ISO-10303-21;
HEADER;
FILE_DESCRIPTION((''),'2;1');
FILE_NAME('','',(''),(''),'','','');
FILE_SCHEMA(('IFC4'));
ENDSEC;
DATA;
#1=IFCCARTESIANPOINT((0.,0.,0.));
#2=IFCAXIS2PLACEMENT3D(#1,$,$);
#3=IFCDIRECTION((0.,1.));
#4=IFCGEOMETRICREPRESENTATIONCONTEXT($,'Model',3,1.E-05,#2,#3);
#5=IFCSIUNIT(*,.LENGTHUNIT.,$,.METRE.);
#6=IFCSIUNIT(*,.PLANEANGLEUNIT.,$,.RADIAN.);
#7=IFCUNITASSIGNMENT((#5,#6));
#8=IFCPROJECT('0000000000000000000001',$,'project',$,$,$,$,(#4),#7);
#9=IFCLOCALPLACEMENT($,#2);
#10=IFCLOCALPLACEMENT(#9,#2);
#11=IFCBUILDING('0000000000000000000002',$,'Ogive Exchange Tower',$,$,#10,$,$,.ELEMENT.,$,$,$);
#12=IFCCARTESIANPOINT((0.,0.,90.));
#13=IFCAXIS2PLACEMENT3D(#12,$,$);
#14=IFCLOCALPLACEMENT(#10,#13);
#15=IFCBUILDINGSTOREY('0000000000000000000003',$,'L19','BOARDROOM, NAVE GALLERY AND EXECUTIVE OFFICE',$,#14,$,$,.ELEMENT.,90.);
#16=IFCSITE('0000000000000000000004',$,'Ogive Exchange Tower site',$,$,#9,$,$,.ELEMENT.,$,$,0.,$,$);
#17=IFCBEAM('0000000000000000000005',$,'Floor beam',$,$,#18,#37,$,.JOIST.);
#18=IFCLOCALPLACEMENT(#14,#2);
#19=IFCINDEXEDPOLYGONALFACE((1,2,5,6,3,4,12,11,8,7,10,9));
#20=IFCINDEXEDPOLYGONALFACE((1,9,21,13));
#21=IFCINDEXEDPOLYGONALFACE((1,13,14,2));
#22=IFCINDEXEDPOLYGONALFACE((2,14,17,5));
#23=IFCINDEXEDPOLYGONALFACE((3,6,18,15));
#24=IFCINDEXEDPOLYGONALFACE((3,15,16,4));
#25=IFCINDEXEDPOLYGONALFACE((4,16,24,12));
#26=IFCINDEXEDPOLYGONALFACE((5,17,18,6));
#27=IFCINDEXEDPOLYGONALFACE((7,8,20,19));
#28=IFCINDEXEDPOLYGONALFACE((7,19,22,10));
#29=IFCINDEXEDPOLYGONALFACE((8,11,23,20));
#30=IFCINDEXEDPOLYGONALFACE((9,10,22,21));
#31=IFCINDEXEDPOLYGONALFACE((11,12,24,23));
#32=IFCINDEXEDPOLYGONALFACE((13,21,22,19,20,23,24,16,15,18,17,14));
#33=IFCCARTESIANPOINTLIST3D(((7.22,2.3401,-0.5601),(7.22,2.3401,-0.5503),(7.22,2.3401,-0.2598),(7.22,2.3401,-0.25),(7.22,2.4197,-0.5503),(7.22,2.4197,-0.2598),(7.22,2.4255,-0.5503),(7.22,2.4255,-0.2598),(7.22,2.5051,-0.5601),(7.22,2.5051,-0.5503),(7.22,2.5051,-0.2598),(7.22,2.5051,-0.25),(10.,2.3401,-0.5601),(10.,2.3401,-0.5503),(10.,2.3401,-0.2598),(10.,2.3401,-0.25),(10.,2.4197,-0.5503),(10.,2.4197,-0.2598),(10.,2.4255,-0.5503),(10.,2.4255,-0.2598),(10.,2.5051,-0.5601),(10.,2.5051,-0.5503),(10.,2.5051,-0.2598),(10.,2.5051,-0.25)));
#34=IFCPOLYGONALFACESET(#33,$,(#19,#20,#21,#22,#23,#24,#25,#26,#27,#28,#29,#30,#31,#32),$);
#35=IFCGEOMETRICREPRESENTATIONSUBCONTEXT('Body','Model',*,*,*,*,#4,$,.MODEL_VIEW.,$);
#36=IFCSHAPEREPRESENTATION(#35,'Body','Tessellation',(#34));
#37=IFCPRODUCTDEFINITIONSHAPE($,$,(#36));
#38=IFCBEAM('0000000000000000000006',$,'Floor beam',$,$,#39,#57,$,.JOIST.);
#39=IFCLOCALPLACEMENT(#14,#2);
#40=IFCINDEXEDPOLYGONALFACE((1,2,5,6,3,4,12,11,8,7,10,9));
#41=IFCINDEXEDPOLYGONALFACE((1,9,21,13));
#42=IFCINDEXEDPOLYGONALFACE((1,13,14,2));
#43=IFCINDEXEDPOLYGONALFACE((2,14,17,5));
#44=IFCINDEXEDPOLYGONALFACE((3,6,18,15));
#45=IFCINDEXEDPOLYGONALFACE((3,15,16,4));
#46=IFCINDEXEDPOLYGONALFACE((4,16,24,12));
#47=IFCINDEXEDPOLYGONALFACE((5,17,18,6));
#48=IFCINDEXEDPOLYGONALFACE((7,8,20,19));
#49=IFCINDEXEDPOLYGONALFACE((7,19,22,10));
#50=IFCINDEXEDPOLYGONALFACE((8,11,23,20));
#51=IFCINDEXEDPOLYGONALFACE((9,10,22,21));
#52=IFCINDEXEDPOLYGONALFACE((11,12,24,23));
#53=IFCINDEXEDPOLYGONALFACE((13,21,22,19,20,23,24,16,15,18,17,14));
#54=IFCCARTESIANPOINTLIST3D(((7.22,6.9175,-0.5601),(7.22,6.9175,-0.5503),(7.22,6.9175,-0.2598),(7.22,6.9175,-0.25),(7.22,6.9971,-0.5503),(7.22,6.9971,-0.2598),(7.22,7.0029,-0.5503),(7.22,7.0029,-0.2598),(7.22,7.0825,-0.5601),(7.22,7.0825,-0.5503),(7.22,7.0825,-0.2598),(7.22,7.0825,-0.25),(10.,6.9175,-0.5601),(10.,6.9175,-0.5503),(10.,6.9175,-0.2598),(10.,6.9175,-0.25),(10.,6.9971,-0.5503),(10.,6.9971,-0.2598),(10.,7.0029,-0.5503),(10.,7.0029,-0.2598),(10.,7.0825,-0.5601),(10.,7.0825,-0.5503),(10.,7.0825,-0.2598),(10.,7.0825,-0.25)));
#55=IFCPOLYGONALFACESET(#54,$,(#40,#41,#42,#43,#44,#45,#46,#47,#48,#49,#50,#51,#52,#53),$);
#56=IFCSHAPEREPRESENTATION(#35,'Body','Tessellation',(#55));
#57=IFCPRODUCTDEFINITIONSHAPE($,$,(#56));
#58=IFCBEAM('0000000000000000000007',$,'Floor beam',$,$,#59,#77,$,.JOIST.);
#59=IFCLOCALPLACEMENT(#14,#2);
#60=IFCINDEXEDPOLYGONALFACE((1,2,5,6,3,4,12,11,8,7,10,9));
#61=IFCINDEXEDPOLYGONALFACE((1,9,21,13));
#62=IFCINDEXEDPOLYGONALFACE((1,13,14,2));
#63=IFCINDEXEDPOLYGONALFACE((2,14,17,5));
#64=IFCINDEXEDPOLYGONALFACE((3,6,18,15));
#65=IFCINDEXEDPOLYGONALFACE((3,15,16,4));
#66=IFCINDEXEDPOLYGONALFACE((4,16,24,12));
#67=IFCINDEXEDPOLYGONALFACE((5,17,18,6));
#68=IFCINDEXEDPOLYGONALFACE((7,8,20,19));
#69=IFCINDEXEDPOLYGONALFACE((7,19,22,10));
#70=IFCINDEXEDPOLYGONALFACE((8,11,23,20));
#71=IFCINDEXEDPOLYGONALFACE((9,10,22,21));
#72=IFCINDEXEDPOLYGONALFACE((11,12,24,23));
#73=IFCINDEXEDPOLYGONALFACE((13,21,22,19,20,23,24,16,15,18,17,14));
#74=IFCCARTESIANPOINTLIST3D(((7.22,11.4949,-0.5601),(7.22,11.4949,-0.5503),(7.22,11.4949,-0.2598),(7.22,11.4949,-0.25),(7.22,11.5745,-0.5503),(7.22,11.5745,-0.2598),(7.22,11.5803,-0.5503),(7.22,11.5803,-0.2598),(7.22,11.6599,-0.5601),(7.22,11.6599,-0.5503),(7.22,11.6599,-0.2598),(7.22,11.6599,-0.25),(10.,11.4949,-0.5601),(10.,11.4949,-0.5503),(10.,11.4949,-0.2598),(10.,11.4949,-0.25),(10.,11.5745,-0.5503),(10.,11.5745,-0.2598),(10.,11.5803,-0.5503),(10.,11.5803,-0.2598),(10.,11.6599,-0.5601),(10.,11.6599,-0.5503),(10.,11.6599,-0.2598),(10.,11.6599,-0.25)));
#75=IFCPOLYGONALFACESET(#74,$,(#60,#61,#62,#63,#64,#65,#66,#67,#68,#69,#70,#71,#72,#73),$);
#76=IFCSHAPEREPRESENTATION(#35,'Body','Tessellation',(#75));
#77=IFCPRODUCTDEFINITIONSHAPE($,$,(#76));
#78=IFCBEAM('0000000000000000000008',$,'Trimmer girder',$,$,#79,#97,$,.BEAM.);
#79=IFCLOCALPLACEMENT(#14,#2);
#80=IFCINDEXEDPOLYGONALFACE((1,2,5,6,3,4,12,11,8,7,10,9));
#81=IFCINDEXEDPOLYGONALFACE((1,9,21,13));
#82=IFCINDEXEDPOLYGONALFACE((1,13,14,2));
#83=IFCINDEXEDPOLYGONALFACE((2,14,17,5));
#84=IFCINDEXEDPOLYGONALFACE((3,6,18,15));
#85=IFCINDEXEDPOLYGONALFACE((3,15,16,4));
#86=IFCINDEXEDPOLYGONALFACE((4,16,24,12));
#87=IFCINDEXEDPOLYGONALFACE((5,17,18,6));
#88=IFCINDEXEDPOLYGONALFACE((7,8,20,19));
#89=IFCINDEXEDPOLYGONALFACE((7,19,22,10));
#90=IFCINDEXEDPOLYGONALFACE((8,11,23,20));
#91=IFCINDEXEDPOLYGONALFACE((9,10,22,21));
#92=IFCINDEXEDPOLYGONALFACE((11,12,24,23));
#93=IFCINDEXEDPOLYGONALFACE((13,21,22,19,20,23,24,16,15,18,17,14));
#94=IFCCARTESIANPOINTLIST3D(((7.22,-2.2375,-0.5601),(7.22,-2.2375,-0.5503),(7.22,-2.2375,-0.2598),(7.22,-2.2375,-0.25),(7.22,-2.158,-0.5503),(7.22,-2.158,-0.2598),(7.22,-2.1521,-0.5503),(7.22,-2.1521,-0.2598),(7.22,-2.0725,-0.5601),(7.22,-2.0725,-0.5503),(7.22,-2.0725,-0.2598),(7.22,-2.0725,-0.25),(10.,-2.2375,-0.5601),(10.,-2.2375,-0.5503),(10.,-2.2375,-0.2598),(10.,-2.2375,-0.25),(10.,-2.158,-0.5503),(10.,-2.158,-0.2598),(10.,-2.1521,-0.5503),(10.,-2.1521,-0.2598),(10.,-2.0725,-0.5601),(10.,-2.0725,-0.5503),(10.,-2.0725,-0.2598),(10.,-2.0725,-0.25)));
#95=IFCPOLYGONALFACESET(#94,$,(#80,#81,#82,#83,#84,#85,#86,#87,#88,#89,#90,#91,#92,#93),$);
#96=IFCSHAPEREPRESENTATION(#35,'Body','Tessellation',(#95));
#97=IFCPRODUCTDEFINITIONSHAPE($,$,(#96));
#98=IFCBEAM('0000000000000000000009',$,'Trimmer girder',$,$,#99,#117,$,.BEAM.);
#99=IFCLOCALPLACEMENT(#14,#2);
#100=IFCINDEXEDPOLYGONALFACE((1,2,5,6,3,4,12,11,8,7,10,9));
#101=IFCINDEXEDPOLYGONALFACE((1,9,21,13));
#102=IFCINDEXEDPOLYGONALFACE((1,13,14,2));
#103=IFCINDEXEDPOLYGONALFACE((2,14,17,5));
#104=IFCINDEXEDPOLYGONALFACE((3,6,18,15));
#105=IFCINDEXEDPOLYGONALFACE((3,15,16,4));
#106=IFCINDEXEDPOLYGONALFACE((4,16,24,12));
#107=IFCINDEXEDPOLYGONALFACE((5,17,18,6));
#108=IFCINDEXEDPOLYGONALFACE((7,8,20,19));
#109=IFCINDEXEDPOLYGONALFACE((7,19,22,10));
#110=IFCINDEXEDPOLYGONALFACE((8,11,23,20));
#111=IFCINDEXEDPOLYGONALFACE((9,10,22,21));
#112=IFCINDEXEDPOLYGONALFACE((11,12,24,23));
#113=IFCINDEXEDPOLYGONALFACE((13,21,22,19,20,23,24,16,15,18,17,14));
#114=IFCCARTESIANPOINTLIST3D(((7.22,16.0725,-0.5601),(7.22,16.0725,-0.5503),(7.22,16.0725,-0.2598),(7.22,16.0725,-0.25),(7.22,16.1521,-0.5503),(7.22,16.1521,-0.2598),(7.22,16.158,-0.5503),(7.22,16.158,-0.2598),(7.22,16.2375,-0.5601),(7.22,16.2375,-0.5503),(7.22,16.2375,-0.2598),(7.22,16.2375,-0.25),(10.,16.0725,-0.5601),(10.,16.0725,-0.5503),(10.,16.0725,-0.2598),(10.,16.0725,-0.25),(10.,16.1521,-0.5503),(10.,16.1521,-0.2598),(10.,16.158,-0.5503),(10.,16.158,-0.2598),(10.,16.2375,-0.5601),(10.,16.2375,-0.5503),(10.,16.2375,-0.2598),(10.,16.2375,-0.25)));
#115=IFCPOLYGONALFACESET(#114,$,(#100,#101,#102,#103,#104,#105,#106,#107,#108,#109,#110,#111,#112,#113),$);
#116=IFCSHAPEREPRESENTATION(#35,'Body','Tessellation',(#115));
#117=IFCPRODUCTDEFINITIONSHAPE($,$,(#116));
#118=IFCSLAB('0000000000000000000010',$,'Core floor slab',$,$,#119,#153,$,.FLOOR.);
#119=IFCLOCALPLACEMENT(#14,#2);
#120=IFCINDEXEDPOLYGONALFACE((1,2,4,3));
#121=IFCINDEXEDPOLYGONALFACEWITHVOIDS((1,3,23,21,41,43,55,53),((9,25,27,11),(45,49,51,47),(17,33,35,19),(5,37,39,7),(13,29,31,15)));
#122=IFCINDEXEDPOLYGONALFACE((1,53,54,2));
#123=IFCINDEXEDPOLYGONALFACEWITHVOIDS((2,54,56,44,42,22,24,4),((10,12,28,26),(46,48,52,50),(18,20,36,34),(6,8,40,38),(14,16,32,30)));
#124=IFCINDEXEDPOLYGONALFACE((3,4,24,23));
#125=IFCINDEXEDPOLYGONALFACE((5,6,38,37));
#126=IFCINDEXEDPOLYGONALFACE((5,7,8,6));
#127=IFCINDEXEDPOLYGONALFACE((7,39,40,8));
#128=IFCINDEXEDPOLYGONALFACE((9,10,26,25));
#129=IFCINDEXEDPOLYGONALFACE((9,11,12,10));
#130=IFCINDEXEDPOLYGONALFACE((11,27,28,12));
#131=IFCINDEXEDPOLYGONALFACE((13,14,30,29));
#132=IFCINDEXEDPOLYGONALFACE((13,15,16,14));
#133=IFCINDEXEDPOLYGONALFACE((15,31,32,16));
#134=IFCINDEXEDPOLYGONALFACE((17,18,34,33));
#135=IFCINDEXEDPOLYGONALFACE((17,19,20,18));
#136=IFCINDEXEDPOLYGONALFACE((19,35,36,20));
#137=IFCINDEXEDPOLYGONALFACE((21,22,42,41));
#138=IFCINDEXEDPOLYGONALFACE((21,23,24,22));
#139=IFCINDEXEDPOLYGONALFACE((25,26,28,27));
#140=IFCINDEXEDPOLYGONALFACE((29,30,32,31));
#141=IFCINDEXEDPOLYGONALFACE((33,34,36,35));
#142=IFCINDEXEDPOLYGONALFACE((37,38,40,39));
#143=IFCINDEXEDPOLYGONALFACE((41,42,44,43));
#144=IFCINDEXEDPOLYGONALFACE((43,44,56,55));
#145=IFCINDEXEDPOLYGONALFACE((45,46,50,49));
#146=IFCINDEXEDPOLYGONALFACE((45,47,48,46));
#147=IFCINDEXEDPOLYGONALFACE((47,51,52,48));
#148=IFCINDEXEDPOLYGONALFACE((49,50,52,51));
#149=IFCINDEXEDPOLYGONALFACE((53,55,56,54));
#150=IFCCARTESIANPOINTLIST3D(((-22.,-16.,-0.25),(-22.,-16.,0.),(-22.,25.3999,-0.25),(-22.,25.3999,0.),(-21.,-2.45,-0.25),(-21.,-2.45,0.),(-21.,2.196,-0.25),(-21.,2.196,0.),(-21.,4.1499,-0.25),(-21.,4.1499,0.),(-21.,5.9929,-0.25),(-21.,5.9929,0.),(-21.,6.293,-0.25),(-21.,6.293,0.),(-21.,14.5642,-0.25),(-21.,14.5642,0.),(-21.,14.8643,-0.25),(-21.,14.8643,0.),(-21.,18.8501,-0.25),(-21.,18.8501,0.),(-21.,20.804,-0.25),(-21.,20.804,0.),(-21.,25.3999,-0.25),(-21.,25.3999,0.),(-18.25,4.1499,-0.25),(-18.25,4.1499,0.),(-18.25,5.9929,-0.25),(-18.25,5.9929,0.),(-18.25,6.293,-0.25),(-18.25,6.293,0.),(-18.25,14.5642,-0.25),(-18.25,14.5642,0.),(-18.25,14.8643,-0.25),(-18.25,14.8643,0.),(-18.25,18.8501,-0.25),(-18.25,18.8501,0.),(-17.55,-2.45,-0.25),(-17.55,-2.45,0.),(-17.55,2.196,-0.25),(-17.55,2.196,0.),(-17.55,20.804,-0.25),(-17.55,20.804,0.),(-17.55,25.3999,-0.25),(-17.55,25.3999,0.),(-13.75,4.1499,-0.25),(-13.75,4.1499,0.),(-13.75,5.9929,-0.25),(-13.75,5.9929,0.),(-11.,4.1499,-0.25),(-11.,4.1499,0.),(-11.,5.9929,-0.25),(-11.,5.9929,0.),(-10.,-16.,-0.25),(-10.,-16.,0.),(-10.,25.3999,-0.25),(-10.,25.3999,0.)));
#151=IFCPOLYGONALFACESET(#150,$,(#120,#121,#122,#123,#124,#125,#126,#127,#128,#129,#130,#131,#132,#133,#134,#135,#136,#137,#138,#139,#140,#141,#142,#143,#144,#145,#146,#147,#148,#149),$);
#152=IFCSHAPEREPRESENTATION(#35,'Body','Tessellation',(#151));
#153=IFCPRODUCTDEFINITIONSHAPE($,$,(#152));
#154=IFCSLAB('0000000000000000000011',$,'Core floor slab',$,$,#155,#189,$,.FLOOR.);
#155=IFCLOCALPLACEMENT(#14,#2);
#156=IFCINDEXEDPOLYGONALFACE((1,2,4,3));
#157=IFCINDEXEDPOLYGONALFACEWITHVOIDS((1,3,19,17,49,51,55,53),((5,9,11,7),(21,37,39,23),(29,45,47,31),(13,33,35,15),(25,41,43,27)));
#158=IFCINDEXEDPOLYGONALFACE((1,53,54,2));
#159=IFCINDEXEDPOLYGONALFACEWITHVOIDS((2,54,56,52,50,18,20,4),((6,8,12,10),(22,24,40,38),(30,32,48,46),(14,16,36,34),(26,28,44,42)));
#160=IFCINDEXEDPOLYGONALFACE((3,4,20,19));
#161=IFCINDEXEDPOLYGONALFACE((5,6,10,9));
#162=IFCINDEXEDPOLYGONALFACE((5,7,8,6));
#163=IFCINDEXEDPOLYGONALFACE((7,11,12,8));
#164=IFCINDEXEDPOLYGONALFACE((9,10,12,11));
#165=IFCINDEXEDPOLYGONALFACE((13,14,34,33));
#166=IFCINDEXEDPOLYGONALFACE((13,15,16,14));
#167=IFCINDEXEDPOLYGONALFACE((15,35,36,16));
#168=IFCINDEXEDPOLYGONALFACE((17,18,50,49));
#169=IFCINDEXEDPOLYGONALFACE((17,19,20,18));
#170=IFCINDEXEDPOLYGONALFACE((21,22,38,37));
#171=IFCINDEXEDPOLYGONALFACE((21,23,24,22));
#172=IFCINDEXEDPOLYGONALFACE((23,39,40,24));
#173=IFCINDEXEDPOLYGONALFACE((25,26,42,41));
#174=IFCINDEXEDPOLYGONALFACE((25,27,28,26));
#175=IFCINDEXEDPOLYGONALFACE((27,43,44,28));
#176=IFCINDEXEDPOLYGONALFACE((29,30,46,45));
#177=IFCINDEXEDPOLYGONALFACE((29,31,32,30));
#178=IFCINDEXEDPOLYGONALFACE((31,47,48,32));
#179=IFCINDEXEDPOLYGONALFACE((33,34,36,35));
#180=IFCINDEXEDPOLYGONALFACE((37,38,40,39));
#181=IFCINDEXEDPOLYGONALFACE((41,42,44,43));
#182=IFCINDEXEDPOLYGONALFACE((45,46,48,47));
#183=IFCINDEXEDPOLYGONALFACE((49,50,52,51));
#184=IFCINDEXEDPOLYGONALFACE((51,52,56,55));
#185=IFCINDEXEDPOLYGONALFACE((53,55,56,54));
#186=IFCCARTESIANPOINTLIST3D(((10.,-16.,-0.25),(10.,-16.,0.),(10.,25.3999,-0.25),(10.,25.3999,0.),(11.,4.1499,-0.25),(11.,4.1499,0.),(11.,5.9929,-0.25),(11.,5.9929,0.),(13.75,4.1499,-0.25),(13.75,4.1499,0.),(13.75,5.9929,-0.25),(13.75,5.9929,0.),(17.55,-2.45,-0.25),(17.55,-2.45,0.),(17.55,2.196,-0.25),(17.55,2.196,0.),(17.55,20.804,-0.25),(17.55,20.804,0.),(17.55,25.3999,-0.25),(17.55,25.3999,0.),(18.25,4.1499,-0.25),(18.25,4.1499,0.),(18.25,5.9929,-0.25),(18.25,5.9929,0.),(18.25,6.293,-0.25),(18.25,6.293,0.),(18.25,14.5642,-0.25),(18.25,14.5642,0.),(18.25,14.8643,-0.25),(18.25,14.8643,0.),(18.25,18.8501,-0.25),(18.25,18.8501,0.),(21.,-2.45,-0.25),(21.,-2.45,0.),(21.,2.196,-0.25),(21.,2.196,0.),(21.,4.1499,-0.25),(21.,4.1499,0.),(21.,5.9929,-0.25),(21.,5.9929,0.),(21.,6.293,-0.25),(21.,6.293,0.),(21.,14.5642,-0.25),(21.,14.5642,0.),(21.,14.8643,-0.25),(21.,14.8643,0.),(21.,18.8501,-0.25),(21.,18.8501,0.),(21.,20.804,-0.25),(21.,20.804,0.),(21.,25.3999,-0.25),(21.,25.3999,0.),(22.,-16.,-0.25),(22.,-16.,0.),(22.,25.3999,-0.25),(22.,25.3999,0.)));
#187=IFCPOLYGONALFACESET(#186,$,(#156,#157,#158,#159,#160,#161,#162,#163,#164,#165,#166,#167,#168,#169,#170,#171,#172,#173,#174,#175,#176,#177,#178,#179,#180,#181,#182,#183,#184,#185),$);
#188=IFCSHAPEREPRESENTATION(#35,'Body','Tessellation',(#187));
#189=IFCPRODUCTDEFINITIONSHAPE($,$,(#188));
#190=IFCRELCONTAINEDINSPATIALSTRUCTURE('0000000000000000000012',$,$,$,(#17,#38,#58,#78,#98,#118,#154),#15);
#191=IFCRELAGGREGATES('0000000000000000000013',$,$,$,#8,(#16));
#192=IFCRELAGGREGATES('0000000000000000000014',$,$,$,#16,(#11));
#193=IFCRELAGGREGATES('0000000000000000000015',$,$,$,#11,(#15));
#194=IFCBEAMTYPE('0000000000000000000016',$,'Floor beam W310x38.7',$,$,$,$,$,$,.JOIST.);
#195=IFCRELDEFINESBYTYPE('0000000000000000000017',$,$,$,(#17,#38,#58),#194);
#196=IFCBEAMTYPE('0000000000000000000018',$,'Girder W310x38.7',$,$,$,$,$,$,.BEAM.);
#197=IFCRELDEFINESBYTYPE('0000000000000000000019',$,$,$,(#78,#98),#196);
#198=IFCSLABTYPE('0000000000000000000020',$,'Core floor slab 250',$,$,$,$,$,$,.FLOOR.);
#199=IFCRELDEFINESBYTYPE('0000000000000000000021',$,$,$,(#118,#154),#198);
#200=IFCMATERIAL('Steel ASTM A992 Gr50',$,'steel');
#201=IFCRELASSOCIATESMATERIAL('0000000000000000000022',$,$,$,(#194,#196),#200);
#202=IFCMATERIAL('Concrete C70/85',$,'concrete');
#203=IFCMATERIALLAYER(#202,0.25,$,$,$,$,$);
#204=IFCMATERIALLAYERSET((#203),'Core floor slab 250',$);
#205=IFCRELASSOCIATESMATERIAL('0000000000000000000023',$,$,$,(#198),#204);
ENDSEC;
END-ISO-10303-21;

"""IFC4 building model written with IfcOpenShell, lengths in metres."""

from ifc_helpers import new_model, si_unit, direction, frame, origin, origin_2d, place, context, subcontext, project, spatial, polyline, i_section, outline, extrude, material, layer, layer_set, material_profile, profile_set, type_object, element, save


model = new_model("IFC4")

# Units and contexts
model_context = context("Model", 3, precision=1e-05, world=origin(), true_north=direction((0.0, 1.0)))
body_context = subcontext(model_context, "Body", "Model", "MODEL_VIEW")
ifc_project = project(units=[si_unit("LENGTHUNIT", "METRE"), si_unit("PLANEANGLEUNIT", "RADIAN")], contexts=[model_context])

# Site, building, storey
site_placement = place(None, origin())
site = spatial("IfcSite", under=ifc_project, at=site_placement, Name="Ogive Exchange Tower site", CompositionType="ELEMENT", RefElevation=0.0)
building_placement = place(site_placement, origin())
building = spatial("IfcBuilding", under=site, at=building_placement, Name="Ogive Exchange Tower", CompositionType="ELEMENT")
storey_placement = place(building_placement, frame((0.0, 0.0, 90.0)))
storey = spatial("IfcBuildingStorey", under=building, at=storey_placement, Name="L19", Description="BOARDROOM, NAVE GALLERY AND EXECUTIVE OFFICE", CompositionType="ELEMENT", Elevation=90.0)

# Beams
ifc_material_1 = material(Name="Steel ASTM A992 Gr50", Category="steel")
ifc_material_profile_1 = material_profile(ifc_material_1, i_section(OverallWidth=0.165, OverallDepth=0.3101, WebThickness=0.0059, FlangeThickness=0.0098, at=origin_2d()), Name="W310x38.7")
ifc_profile_set_1 = profile_set([ifc_material_profile_1], Name="Steel ASTM A992 Gr50")
beam_type_1 = type_object("IfcBeamType", Name="Floor beam W310x38.7", PredefinedType="JOIST", material=ifc_profile_set_1)
for number, where, z_axis, x_axis, name in (
    (1, (7.22, 2.4226, -0.405), (1.0, 0.0, 0.0), (0.0, 1.0, 0.0), "Floor beam"),
    (2, (7.22, 7.0, -0.405), (1.0, 0.0, 0.0), (0.0, 1.0, 0.0), "Floor beam"),
    (3, (7.22, 11.5774, -0.405), (1.0, 0.0, 0.0), (0.0, 1.0, 0.0), "Floor beam"),
):
    element("IfcBeam", number, at=place(storey_placement, frame(where, z_axis=z_axis, x_axis=x_axis)), inside=storey, type_object=beam_type_1, Name=name, PredefinedType="JOIST", context=body_context, shape_type="SweptSolid", body=[
        extrude(i_section(OverallWidth=0.165, OverallDepth=0.3101, WebThickness=0.0059, FlangeThickness=0.0098, at=origin_2d()), origin(), (0.0, 0.0, 1.0), 2.78),
    ])
ifc_material_profile_2 = material_profile(ifc_material_1, i_section(OverallWidth=0.165, OverallDepth=0.3101, WebThickness=0.0059, FlangeThickness=0.0098, at=origin_2d()), Name="W310x38.7")
ifc_profile_set_2 = profile_set([ifc_material_profile_2], Name="Steel ASTM A992 Gr50")
beam_type_2 = type_object("IfcBeamType", Name="Girder W310x38.7", PredefinedType="BEAM", material=ifc_profile_set_2)
for number, where, z_axis, x_axis, name in (
    (4, (7.22, -2.155, -0.405), (1.0, 0.0, 0.0), (0.0, 1.0, 0.0), "Trimmer girder"),
    (5, (7.22, 16.155, -0.405), (1.0, 0.0, 0.0), (0.0, 1.0, 0.0), "Trimmer girder"),
):
    element("IfcBeam", number, at=place(storey_placement, frame(where, z_axis=z_axis, x_axis=x_axis)), inside=storey, type_object=beam_type_2, Name=name, PredefinedType="BEAM", context=body_context, shape_type="SweptSolid", body=[
        extrude(i_section(OverallWidth=0.165, OverallDepth=0.3101, WebThickness=0.0059, FlangeThickness=0.0098, at=origin_2d()), origin(), (0.0, 0.0, 1.0), 2.78),
    ])

# Slabs
ifc_material_2 = material(Name="Concrete C70/85", Category="concrete")
ifc_layer_1 = layer(ifc_material_2, 0.25)
ifc_layer_set_1 = layer_set([ifc_layer_1], Name="Core floor slab 250")
slab_type_1 = type_object("IfcSlabType", Name="Core floor slab 250", PredefinedType="FLOOR", material=ifc_layer_set_1)
slab_1_placement = place(storey_placement, frame((0.0, 0.0, -0.25)))
element("IfcSlab", 6, at=slab_1_placement, inside=storey, type_object=slab_type_1, Name="Core floor slab", PredefinedType="FLOOR", context=body_context, shape_type="SweptSolid", body=[
    extrude(outline(polyline([(-10.0, 25.3999), (-10.0, -16.0), (-22.0, -16.0), (-22.0, 25.3999), (-21.0, 25.3999), (-21.0, 20.804), (-17.55, 20.804), (-17.55, 25.3999), (-10.0, 25.3999)]), holes=[polyline([(-17.55, 2.196), (-21.0, 2.196), (-21.0, -2.45), (-17.55, -2.45), (-17.55, 2.196)]), polyline([(-18.25, 5.9929), (-21.0, 5.9929), (-21.0, 4.1499), (-18.25, 4.1499), (-18.25, 5.9929)]), polyline([(-11.0, 5.9929), (-13.75, 5.9929), (-13.75, 4.1499), (-11.0, 4.1499), (-11.0, 5.9929)]), polyline([(-21.0, 14.5642), (-21.0, 6.293), (-18.25, 6.293), (-18.25, 14.5642), (-21.0, 14.5642)]), polyline([(-18.25, 18.8501), (-21.0, 18.8501), (-21.0, 14.8643), (-18.25, 14.8643), (-18.25, 18.8501)])]), origin(), (0.0, 0.0, 1.0), 0.25),
])
slab_2_placement = place(storey_placement, frame((0.0, 0.0, -0.25)))
element("IfcSlab", 7, at=slab_2_placement, inside=storey, type_object=slab_type_1, Name="Core floor slab", PredefinedType="FLOOR", context=body_context, shape_type="SweptSolid", body=[
    extrude(outline(polyline([(22.0, 25.3999), (22.0, -16.0), (10.0, -16.0), (10.0, 25.3999), (17.55, 25.3999), (17.55, 20.804), (21.0, 20.804), (21.0, 25.3999), (22.0, 25.3999)]), holes=[polyline([(21.0, 2.196), (17.55, 2.196), (17.55, -2.45), (21.0, -2.45), (21.0, 2.196)]), polyline([(13.75, 5.9929), (11.0, 5.9929), (11.0, 4.1499), (13.75, 4.1499), (13.75, 5.9929)]), polyline([(21.0, 5.9929), (18.25, 5.9929), (18.25, 4.1499), (21.0, 4.1499), (21.0, 5.9929)]), polyline([(18.25, 14.5642), (18.25, 6.293), (21.0, 6.293), (21.0, 14.5642), (18.25, 14.5642)]), polyline([(21.0, 18.8501), (18.25, 18.8501), (18.25, 14.8643), (21.0, 14.8643), (21.0, 18.8501)])]), origin(), (0.0, 0.0, 1.0), 0.25),
])

save(model, "model.ifc")
